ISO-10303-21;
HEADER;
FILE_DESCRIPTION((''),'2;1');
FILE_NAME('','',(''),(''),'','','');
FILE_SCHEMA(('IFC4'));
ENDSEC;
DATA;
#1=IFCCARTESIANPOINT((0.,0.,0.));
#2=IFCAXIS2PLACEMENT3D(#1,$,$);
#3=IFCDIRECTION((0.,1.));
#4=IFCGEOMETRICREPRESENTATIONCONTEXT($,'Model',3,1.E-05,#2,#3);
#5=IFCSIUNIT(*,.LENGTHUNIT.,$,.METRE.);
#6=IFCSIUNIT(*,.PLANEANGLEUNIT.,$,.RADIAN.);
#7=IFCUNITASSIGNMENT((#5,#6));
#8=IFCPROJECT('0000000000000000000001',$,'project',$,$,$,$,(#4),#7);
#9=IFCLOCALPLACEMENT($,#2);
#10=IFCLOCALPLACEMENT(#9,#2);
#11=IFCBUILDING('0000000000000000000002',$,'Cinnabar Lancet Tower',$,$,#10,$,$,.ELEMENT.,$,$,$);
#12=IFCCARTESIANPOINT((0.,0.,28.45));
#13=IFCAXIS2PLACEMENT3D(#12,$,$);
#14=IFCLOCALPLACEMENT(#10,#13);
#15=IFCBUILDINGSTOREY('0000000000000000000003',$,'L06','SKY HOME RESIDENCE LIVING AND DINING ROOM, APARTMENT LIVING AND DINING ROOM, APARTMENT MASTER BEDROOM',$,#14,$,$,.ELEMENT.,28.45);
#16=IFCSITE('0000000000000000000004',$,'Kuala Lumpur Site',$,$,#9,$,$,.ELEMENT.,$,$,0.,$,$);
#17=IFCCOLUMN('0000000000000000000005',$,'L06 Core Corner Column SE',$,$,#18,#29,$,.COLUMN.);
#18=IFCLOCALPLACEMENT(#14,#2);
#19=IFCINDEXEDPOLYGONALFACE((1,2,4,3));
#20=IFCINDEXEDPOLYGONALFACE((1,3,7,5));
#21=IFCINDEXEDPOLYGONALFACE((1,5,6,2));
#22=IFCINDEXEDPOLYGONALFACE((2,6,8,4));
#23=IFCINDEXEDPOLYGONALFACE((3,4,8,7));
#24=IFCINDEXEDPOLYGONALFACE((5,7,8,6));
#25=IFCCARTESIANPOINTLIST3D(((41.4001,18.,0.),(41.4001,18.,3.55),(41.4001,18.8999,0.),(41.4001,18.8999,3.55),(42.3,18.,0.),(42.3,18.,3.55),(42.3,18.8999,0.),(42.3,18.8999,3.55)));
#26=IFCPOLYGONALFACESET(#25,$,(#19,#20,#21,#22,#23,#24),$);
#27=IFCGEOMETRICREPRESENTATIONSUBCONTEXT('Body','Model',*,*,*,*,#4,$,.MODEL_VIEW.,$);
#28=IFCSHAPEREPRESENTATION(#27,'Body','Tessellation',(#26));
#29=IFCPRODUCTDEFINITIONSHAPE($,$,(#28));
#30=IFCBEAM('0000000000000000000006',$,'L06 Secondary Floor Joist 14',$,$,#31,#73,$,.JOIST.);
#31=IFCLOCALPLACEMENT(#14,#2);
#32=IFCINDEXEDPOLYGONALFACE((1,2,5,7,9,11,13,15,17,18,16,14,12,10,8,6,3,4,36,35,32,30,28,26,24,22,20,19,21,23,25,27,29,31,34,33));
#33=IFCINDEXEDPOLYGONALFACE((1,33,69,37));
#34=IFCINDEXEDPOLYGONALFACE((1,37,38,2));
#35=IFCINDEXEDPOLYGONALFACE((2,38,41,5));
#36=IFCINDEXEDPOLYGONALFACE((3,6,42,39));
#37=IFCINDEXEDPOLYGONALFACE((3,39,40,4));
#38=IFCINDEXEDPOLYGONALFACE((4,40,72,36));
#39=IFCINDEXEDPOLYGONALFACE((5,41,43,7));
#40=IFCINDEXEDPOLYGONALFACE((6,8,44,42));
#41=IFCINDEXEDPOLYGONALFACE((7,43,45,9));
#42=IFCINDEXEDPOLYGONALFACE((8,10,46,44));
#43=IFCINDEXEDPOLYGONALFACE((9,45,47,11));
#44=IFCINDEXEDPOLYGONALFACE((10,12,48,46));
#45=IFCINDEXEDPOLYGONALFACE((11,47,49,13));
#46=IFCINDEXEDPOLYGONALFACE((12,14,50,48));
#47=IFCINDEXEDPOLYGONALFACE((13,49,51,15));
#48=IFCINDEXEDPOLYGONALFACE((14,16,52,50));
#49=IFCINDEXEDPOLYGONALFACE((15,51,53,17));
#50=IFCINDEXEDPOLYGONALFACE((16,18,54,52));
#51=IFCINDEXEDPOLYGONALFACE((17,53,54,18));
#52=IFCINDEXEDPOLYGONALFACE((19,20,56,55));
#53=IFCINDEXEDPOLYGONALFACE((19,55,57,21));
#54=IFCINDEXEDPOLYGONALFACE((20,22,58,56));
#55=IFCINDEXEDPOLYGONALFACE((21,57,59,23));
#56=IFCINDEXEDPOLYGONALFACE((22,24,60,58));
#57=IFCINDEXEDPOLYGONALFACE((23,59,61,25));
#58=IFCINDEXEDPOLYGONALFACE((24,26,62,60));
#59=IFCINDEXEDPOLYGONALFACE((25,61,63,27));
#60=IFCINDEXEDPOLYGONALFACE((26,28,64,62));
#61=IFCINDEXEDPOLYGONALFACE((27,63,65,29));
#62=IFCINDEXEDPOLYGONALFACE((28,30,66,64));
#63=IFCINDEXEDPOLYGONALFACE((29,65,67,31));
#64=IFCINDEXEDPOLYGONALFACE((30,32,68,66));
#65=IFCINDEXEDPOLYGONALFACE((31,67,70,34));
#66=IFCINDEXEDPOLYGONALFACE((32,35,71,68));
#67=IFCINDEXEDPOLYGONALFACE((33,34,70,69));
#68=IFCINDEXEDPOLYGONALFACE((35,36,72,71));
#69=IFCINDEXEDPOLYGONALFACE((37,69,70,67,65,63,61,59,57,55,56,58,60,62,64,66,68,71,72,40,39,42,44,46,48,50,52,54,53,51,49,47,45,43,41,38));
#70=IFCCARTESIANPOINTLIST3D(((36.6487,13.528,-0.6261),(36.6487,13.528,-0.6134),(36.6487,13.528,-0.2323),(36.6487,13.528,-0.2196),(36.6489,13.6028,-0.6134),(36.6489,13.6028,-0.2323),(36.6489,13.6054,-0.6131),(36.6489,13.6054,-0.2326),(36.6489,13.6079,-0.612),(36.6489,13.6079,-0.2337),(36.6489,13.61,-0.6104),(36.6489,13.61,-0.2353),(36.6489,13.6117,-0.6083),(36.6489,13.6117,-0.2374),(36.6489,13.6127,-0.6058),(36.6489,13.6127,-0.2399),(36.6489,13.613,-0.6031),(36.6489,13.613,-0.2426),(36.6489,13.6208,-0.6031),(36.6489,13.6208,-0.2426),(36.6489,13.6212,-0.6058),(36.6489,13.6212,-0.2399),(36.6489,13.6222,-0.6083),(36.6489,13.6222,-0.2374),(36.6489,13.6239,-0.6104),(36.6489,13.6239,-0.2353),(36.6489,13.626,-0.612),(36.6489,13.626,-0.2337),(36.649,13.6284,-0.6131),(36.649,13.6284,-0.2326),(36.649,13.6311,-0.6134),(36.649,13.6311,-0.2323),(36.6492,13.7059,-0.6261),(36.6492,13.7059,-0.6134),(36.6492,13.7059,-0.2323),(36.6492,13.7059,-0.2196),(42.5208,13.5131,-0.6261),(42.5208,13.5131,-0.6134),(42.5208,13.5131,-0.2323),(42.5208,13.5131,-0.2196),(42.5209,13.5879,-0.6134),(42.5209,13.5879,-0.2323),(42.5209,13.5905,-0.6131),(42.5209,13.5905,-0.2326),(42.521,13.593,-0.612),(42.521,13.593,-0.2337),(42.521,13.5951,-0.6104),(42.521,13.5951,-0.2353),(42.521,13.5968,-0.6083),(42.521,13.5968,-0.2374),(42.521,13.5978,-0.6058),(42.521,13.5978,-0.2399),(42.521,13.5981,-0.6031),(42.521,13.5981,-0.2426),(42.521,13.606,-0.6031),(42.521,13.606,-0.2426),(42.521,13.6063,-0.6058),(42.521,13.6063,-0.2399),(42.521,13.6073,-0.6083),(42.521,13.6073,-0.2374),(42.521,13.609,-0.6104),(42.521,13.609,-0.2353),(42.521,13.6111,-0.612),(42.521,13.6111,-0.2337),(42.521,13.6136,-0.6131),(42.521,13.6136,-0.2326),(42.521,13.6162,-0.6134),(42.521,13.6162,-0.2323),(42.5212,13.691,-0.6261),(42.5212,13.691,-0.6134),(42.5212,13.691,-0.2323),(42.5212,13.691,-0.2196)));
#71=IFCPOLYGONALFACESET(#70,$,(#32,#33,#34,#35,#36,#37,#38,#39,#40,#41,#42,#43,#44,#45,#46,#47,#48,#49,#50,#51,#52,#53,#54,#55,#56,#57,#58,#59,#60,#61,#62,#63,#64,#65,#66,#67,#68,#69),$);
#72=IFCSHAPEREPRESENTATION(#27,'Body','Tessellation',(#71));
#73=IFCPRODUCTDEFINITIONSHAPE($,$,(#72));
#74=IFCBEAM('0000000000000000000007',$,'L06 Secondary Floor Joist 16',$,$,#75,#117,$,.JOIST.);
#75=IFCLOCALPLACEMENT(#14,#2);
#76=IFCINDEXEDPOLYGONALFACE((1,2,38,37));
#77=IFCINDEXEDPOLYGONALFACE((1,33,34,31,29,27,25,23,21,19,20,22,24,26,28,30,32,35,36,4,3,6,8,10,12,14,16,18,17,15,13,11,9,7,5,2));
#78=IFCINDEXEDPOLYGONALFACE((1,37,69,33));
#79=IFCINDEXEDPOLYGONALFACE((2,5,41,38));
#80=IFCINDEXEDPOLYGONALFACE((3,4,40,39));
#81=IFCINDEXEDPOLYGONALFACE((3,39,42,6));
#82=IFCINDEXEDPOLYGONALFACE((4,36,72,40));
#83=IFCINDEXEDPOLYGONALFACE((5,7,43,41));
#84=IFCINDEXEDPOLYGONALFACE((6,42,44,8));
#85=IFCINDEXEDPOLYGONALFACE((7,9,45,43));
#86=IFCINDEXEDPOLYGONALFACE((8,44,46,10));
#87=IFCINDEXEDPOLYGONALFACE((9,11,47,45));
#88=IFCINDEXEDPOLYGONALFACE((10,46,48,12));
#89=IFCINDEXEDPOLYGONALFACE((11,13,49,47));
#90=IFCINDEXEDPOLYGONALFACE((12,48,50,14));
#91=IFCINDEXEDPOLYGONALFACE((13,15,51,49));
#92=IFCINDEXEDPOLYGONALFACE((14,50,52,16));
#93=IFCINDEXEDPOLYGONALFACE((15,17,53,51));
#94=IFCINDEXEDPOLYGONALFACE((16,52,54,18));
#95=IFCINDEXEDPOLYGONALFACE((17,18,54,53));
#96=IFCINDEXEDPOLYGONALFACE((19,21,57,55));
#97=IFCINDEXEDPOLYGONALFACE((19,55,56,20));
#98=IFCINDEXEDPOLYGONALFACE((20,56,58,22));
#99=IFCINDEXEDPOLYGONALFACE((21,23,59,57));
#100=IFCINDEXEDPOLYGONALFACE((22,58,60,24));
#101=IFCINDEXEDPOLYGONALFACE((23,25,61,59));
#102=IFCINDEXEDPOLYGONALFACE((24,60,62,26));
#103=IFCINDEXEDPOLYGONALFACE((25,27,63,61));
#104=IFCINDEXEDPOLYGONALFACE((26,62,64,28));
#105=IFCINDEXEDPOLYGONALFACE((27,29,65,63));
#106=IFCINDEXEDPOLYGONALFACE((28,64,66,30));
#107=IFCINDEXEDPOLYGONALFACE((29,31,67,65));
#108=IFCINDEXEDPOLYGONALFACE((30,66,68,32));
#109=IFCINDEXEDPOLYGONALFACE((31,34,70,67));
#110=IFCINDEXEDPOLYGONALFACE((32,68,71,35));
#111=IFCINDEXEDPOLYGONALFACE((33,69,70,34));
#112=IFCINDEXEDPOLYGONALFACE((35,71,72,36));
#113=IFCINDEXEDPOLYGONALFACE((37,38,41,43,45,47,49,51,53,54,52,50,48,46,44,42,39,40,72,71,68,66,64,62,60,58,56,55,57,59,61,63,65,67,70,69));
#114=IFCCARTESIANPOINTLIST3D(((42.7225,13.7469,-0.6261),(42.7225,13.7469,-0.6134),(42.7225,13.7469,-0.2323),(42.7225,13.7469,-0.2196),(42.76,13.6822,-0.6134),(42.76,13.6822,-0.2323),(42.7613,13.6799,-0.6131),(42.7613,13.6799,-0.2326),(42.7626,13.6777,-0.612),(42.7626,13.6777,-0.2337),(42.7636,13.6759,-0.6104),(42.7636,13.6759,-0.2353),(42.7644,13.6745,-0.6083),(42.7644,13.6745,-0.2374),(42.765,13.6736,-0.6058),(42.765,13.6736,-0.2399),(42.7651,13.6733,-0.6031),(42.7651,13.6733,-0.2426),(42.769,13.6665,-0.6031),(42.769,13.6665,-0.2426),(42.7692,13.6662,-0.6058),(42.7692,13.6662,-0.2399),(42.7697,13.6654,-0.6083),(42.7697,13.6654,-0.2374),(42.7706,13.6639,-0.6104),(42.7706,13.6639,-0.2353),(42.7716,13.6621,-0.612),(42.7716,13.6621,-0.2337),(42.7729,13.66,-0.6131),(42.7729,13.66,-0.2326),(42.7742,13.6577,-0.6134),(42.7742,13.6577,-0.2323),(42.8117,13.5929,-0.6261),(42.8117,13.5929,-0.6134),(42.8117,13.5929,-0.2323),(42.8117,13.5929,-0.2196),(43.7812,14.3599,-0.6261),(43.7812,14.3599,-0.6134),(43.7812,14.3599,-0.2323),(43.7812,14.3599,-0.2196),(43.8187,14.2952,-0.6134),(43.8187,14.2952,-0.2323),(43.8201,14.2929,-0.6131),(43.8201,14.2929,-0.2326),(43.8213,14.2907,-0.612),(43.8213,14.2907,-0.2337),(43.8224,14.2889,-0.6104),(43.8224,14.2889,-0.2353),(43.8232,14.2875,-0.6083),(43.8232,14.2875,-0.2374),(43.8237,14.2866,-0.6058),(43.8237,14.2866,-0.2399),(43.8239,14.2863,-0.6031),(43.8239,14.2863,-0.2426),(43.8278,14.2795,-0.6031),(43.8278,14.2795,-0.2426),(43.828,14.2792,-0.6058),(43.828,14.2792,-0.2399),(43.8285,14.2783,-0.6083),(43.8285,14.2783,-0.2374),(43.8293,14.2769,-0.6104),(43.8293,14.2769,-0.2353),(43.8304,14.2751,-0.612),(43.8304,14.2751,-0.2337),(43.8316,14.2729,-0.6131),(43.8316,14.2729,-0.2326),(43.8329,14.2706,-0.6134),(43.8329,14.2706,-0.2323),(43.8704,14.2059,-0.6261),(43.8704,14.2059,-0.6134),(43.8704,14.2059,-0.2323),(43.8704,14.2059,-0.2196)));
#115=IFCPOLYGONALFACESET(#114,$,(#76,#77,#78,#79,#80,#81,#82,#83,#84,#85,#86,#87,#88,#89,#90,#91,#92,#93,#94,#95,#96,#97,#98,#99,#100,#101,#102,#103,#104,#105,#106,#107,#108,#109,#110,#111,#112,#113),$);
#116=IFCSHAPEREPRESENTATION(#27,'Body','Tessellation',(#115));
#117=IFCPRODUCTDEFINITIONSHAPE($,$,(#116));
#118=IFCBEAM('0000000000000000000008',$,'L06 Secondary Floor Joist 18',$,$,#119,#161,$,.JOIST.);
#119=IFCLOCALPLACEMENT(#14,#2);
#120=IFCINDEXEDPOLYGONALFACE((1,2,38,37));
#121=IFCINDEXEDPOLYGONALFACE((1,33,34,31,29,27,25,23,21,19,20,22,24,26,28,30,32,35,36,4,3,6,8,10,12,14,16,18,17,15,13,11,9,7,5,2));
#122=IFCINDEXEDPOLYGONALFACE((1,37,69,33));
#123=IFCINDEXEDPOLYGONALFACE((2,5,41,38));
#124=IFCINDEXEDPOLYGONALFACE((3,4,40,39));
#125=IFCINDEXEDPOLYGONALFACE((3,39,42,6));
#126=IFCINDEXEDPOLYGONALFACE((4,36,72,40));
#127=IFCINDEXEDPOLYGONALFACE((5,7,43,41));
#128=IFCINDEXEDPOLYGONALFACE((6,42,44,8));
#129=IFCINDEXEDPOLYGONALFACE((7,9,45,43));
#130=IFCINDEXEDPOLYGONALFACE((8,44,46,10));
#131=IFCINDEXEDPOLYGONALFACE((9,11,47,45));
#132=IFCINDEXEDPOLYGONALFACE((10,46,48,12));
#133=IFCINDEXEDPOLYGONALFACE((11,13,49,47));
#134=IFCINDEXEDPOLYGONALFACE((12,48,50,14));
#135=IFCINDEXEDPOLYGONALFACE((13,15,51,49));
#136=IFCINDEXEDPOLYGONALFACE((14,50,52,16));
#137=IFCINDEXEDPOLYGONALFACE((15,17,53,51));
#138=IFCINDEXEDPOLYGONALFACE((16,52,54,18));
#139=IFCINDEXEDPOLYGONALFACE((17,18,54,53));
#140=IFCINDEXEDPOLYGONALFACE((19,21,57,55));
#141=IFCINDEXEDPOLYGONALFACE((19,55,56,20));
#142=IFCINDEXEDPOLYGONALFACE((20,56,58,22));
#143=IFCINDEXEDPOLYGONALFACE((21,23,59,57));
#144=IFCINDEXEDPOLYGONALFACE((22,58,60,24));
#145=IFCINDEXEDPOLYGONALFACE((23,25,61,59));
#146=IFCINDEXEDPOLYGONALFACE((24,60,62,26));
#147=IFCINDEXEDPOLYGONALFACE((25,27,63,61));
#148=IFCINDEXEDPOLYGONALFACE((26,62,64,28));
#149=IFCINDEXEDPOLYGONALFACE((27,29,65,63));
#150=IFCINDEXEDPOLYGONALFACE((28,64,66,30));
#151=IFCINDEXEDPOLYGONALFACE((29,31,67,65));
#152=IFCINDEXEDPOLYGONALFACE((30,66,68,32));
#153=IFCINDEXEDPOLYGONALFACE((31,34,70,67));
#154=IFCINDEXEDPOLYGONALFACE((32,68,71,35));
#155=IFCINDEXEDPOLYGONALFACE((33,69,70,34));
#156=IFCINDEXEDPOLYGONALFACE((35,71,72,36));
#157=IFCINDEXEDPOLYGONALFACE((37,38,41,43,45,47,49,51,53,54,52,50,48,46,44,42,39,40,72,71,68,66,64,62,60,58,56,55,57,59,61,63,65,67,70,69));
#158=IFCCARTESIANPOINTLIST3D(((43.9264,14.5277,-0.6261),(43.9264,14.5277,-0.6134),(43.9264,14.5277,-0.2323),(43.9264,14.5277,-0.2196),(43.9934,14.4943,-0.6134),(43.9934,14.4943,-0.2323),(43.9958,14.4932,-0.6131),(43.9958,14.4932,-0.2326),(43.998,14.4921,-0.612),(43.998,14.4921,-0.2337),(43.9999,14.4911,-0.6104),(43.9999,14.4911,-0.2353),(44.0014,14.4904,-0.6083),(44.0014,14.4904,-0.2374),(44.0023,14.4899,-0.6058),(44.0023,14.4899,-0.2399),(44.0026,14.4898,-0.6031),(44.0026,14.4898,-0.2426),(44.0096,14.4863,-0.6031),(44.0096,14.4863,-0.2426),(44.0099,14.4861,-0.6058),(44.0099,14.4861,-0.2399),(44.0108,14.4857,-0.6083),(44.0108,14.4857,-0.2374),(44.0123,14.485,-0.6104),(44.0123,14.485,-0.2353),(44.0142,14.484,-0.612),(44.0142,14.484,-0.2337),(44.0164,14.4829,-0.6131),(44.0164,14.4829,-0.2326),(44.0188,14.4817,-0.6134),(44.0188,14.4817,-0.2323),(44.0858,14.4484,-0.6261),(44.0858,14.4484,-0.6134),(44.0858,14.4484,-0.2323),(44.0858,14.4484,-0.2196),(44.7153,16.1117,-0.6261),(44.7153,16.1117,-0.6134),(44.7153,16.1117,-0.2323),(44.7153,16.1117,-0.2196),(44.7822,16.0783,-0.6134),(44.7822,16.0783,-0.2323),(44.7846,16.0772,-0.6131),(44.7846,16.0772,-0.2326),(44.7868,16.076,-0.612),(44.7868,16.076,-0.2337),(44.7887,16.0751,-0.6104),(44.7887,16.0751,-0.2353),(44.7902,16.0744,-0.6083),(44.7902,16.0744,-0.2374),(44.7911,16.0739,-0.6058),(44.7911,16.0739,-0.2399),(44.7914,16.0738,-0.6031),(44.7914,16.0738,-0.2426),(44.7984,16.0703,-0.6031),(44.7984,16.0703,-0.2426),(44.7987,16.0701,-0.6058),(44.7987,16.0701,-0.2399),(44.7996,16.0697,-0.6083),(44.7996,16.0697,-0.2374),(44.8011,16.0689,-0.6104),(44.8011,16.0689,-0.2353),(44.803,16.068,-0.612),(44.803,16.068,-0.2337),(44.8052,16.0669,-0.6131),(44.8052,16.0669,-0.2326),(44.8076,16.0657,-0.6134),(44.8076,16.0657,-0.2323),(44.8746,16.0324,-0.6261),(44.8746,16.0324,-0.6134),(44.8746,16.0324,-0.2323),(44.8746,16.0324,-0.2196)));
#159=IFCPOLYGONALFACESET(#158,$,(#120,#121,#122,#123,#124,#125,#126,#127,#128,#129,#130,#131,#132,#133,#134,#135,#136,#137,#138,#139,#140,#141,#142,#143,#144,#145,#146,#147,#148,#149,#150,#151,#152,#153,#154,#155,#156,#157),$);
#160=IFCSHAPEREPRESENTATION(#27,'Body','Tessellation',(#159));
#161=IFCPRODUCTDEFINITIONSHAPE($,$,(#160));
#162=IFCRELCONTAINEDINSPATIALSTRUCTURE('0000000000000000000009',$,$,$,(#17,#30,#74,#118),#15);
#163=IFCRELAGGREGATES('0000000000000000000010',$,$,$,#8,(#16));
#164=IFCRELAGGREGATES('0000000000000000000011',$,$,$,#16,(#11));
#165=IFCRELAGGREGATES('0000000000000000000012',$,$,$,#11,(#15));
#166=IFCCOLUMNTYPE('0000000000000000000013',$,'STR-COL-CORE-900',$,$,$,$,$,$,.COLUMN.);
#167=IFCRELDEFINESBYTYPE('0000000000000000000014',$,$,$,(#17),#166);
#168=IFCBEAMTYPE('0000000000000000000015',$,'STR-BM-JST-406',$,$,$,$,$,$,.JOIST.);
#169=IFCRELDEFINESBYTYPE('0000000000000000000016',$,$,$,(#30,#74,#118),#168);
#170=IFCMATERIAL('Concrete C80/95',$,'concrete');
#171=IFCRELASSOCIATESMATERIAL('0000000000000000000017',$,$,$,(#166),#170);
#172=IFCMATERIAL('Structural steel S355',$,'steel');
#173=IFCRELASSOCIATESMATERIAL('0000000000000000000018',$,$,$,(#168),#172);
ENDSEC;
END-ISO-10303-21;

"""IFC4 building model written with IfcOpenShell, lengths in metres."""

from ifc_helpers import new_model, si_unit, direction, frame, origin, origin_2d, place, context, subcontext, project, spatial, rectangle, i_section, extrude, material, material_profile, profile_set, type_object, element, save


model = new_model("IFC4")

# Units and contexts
model_context = context("Model", 3, precision=1e-05, world=origin(), true_north=direction((0.0, 1.0)))
body_context = subcontext(model_context, "Body", "Model", "MODEL_VIEW")
ifc_project = project(units=[si_unit("LENGTHUNIT", "METRE"), si_unit("PLANEANGLEUNIT", "RADIAN")], contexts=[model_context])

# Site, building, storey
site_placement = place(None, origin())
site = spatial("IfcSite", under=ifc_project, at=site_placement, Name="Kuala Lumpur Site", CompositionType="ELEMENT", RefElevation=0.0)
building_placement = place(site_placement, origin())
building = spatial("IfcBuilding", under=site, at=building_placement, Name="Cinnabar Lancet Tower", CompositionType="ELEMENT")
storey_placement = place(building_placement, frame((0.0, 0.0, 28.45)))
storey = spatial("IfcBuildingStorey", under=building, at=storey_placement, Name="L06", Description="SKY HOME RESIDENCE LIVING AND DINING ROOM, APARTMENT LIVING AND DINING ROOM, APARTMENT MASTER BEDROOM", CompositionType="ELEMENT", Elevation=28.45)

# Column
ifc_material_1 = material(Name="Concrete C80/95", Category="concrete")
ifc_material_profile_1 = material_profile(ifc_material_1, rectangle(XDim=0.8999, YDim=0.8999, at=origin_2d()), Name="RC-COL 900x900")
ifc_profile_set_1 = profile_set([ifc_material_profile_1], Name="Concrete C80/95")
column_type = type_object("IfcColumnType", Name="STR-COL-CORE-900", PredefinedType="COLUMN", material=ifc_profile_set_1)
column_placement = place(storey_placement, frame((41.8501, 18.45, 0.0), z_axis=(0.0, 0.0, 1.0), x_axis=(1.0, 0.0, 0.0)))
element("IfcColumn", 1, at=column_placement, inside=storey, type_object=column_type, Name="L06 Core Corner Column SE", PredefinedType="COLUMN", context=body_context, shape_type="SweptSolid", body=[
    extrude(rectangle(XDim=0.8999, YDim=0.8999, at=origin_2d()), origin(), (0.0, 0.0, 1.0), 3.55),
])

# Beams
ifc_material_2 = material(Name="Structural steel S355", Category="steel")
ifc_material_profile_2 = material_profile(ifc_material_2, i_section(OverallWidth=0.178, OverallDepth=0.4065, WebThickness=0.0078, FlangeThickness=0.0127, FilletRadius=0.0103, at=origin_2d()), Name="UKB 406x178x60")
ifc_profile_set_2 = profile_set([ifc_material_profile_2], Name="Structural steel S355")
beam_type_1 = type_object("IfcBeamType", Name="STR-BM-JST-406", PredefinedType="JOIST", material=ifc_profile_set_2)
beam_1_placement = place(storey_placement, frame((36.6489, 13.6169, -0.4229), z_axis=(0.999997, -0.002536, 0.0), x_axis=(0.002536, 0.999997, 0.0)))
element("IfcBeam", 2, at=beam_1_placement, inside=storey, type_object=beam_type_1, Name="L06 Secondary Floor Joist 14", PredefinedType="JOIST", context=body_context, shape_type="SweptSolid", body=[
    extrude(i_section(OverallWidth=0.178, OverallDepth=0.4065, WebThickness=0.0078, FlangeThickness=0.0127, FilletRadius=0.0103, at=origin_2d()), origin(), (0.0, 0.0, 1.0), 5.8721),
])
beam_2_placement = place(storey_placement, frame((42.7671, 13.6699, -0.4229), z_axis=(0.865417, 0.501052, 0.0), x_axis=(-0.501052, 0.865417, 0.0)))
element("IfcBeam", 3, at=beam_2_placement, inside=storey, type_object=beam_type_1, Name="L06 Secondary Floor Joist 16", PredefinedType="JOIST", context=body_context, shape_type="SweptSolid", body=[
    extrude(i_section(OverallWidth=0.178, OverallDepth=0.4065, WebThickness=0.0078, FlangeThickness=0.0127, FilletRadius=0.0103, at=origin_2d()), origin(), (0.0, 0.0, 1.0), 1.2234),
])
beam_3_placement = place(storey_placement, frame((44.0061, 14.488, -0.4229), z_axis=(0.445778, 0.895143, 0.0), x_axis=(-0.895143, 0.445778, 0.0)))
element("IfcBeam", 4, at=beam_3_placement, inside=storey, type_object=beam_type_1, Name="L06 Secondary Floor Joist 18", PredefinedType="JOIST", context=body_context, shape_type="SweptSolid", body=[
    extrude(i_section(OverallWidth=0.178, OverallDepth=0.4065, WebThickness=0.0078, FlangeThickness=0.0127, FilletRadius=0.0103, at=origin_2d()), origin(), (0.0, 0.0, 1.0), 1.7695),
])

save(model, "model.ifc")
